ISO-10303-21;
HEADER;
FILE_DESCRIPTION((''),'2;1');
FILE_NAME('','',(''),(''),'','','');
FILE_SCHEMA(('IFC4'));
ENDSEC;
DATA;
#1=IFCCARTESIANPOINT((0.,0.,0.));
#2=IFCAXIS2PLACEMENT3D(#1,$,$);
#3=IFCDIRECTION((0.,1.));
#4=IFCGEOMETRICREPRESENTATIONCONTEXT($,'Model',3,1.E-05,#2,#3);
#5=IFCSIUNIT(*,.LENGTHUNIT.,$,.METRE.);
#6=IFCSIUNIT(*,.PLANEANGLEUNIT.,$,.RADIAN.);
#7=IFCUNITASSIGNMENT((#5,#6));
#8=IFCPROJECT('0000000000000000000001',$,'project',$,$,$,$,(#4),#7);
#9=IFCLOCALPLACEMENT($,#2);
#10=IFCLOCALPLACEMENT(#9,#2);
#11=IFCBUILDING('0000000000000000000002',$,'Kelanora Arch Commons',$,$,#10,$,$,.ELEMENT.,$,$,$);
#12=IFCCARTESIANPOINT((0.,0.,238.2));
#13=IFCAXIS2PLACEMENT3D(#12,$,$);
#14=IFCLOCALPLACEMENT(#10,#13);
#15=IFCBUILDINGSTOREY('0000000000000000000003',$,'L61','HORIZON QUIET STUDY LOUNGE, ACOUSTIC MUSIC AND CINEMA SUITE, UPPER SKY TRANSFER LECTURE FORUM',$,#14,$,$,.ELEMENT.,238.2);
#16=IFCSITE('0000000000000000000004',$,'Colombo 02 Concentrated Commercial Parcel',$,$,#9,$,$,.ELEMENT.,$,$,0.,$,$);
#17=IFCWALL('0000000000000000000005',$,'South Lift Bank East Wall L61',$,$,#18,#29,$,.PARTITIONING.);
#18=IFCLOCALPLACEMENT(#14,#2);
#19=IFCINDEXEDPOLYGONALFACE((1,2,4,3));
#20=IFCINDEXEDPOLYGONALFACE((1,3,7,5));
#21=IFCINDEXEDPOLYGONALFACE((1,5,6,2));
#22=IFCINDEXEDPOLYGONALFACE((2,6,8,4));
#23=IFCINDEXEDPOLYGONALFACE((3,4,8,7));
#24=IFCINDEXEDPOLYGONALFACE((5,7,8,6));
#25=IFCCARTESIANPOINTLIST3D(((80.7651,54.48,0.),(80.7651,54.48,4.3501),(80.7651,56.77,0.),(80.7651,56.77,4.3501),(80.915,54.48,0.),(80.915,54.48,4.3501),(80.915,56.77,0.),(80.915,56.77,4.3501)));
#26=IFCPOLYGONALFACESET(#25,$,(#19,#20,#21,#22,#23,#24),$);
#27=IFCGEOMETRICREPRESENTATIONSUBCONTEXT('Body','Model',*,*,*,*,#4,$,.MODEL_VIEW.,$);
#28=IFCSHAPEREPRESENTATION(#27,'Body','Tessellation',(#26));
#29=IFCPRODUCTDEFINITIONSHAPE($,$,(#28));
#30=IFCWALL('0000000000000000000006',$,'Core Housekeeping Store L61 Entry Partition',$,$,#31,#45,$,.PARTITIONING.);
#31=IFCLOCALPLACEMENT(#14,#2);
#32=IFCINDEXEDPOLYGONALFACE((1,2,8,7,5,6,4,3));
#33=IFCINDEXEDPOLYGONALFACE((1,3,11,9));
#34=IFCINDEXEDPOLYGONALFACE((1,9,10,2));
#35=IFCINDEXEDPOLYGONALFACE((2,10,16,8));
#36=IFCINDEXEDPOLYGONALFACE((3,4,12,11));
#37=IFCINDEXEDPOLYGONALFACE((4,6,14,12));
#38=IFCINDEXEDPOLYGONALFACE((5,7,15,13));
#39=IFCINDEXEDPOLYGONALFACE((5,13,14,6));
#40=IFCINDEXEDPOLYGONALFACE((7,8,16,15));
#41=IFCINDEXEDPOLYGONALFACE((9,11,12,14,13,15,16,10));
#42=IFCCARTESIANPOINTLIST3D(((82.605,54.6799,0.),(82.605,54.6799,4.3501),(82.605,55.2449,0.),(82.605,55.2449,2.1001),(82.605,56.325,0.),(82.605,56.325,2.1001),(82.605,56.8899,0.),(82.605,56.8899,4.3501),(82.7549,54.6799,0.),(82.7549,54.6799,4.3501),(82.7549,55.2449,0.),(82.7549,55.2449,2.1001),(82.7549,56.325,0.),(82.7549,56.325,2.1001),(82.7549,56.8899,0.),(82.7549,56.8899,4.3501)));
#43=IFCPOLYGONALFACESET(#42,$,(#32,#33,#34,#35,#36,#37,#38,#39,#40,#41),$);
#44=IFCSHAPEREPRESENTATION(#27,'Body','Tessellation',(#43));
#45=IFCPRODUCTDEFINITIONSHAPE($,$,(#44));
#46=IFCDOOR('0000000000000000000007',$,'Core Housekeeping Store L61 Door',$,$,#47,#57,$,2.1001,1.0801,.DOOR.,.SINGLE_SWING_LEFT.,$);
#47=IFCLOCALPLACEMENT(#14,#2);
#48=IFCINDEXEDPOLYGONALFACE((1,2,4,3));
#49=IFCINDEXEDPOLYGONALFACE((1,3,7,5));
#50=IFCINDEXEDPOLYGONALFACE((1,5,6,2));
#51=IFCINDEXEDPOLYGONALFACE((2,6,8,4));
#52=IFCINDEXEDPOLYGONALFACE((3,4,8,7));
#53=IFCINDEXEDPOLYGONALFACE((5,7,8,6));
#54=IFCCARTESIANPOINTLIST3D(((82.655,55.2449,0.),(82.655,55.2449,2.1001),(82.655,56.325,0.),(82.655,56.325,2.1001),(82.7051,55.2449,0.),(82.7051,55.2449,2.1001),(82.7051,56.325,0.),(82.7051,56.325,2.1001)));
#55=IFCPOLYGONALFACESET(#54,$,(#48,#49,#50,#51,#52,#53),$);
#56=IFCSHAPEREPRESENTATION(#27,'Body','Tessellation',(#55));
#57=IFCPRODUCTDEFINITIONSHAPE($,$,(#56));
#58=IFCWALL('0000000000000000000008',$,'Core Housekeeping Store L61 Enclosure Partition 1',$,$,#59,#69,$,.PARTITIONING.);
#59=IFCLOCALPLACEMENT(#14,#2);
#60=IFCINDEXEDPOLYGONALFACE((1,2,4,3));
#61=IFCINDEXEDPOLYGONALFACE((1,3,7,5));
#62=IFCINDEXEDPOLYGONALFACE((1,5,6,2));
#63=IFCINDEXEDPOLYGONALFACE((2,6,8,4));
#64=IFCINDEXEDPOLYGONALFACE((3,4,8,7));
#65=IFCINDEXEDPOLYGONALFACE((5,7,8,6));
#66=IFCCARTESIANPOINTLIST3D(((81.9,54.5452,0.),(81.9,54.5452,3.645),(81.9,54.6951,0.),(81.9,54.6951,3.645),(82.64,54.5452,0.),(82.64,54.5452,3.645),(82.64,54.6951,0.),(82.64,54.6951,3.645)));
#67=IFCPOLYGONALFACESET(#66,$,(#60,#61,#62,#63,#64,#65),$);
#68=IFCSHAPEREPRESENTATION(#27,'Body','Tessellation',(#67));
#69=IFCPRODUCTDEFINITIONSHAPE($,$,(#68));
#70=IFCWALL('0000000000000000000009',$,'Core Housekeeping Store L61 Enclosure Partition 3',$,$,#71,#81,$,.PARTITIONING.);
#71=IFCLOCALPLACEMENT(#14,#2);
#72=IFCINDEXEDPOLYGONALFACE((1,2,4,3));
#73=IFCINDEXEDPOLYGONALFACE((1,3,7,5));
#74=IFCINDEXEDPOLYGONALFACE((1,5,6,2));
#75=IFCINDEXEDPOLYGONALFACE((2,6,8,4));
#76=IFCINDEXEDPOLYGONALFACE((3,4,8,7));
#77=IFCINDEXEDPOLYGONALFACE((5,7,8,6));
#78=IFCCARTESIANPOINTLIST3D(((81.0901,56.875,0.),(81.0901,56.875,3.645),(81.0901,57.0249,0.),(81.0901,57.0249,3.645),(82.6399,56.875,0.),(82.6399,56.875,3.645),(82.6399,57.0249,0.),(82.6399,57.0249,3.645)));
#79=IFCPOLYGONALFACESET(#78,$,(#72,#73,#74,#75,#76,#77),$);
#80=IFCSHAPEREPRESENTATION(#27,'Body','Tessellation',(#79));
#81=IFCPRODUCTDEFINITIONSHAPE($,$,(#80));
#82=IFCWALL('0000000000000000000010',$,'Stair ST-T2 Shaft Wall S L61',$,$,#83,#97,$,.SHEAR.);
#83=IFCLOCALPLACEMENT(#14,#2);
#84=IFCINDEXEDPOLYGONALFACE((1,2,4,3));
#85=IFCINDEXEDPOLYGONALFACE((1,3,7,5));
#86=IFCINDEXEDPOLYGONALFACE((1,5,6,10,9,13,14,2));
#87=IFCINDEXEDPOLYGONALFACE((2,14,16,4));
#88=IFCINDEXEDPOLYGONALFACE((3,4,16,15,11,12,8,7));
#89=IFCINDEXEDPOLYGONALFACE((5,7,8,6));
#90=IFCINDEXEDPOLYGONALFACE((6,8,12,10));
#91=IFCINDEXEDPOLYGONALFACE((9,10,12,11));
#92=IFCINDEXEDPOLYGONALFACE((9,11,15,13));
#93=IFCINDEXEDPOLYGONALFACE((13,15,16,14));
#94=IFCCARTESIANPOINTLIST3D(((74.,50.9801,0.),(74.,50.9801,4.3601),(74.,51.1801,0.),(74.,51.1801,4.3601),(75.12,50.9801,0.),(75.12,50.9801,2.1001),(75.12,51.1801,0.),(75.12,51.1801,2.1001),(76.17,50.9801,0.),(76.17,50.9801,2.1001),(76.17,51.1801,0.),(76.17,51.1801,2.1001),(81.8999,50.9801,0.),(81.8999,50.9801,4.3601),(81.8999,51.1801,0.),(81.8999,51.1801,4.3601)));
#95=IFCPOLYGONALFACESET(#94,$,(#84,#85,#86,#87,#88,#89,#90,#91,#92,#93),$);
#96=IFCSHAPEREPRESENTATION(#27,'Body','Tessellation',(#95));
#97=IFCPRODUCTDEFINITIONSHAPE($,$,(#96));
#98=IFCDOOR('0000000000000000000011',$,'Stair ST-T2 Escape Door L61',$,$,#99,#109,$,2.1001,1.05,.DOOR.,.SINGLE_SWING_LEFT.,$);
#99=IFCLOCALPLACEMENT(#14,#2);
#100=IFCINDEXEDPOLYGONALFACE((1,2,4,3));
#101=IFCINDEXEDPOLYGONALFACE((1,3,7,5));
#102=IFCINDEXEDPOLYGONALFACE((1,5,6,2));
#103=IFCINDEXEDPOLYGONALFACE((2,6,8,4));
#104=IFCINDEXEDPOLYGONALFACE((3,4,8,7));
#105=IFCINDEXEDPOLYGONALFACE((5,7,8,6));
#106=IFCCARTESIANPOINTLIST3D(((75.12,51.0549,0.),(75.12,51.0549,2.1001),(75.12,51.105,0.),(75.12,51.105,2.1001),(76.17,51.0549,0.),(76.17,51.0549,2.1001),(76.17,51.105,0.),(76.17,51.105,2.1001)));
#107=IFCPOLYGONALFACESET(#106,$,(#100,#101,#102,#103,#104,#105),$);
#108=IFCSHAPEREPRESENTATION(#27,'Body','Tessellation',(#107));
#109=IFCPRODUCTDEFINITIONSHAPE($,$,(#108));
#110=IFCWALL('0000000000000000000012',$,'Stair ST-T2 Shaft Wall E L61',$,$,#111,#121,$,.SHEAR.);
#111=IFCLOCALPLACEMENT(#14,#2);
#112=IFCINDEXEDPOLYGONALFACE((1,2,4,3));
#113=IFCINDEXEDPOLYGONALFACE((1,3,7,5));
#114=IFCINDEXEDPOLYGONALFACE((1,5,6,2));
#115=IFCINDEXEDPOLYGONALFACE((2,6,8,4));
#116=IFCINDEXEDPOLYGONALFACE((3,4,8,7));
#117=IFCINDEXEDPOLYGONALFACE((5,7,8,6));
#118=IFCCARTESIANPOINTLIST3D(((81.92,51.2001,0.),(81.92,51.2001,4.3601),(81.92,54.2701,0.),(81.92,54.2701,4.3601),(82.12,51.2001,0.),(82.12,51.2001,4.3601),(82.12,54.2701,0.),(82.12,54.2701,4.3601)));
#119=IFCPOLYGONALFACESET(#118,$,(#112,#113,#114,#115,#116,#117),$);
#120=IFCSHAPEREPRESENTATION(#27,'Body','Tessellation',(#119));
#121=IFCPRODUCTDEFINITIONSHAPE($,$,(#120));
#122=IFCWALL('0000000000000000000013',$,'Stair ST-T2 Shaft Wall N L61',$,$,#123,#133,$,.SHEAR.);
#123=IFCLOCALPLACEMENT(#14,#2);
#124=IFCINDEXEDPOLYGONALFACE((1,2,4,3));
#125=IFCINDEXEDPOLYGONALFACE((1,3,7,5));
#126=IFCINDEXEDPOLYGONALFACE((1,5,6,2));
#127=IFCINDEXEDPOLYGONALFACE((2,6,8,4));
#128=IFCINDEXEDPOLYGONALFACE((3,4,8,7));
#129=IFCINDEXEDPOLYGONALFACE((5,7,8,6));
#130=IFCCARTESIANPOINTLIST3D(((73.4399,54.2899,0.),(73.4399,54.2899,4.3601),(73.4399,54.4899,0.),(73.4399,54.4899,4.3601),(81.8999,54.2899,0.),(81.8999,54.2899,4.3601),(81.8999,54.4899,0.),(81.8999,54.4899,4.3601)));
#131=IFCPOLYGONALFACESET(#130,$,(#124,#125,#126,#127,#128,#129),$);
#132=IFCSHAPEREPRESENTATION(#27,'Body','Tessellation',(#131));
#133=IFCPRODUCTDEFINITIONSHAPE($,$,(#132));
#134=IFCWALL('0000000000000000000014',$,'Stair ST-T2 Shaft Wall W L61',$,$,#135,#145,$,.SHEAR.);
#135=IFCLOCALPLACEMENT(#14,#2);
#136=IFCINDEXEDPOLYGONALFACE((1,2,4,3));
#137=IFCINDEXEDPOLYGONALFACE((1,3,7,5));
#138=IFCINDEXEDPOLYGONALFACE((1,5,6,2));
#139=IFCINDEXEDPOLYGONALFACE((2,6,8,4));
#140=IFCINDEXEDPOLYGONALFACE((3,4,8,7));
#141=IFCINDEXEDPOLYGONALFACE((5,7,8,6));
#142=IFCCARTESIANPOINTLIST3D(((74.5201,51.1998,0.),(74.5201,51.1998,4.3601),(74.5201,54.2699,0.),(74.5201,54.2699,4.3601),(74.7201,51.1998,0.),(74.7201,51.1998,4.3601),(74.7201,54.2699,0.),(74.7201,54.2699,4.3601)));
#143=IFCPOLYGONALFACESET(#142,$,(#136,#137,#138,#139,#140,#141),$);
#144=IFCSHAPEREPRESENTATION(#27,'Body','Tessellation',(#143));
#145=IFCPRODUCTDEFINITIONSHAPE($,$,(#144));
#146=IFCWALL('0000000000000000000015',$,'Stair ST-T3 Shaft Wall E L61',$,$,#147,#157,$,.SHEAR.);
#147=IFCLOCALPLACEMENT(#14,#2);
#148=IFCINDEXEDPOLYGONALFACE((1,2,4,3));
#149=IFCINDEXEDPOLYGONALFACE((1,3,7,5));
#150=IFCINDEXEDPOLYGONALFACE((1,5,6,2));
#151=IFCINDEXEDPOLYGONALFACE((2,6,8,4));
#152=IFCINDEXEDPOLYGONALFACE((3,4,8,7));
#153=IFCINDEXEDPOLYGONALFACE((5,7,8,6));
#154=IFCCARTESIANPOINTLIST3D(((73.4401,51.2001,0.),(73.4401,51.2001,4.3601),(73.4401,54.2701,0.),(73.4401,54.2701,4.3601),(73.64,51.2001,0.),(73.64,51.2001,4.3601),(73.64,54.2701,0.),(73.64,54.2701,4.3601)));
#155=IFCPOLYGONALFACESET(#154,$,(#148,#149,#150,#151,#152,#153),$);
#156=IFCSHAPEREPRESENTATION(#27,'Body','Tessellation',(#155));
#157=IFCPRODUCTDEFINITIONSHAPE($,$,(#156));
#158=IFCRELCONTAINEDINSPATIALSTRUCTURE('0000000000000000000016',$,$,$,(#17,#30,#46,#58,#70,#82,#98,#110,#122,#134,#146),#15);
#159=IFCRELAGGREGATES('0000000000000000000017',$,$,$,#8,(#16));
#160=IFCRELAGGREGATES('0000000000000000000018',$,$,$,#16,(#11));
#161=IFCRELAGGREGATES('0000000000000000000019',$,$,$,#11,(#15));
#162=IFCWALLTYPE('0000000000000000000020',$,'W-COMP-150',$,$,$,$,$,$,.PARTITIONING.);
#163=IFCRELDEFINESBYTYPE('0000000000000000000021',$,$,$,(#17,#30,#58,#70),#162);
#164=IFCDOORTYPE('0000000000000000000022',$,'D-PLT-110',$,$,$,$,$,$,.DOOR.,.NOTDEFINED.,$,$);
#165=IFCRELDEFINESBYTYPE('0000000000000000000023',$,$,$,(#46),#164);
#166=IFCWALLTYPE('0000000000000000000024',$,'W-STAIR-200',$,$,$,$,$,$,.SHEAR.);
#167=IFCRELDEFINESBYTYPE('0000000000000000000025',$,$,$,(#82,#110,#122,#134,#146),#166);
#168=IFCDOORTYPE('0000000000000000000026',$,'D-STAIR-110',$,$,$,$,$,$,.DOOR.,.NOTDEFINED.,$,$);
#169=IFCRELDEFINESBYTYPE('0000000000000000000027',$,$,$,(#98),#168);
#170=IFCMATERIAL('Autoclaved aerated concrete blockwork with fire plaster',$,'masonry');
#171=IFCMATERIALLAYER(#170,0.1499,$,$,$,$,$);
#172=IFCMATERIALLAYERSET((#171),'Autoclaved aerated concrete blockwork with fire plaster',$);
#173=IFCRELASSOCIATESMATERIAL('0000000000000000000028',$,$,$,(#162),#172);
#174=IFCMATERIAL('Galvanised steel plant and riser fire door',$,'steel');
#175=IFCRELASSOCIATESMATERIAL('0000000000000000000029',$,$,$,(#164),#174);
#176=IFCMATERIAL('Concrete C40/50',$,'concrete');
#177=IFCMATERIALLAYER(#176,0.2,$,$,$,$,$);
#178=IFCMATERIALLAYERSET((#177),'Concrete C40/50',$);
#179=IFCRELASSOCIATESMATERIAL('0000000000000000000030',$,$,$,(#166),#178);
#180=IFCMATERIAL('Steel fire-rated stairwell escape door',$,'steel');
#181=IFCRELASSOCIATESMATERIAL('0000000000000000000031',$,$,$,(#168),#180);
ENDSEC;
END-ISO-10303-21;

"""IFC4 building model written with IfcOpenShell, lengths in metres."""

from ifc_helpers import new_model, si_unit, direction, frame, frame_2d, origin, place, context, subcontext, project, spatial, rectangle, extrude, material, layer, layer_set, type_object, element, fill, save


model = new_model("IFC4")

# Units and contexts
model_context = context("Model", 3, precision=1e-05, world=origin(), true_north=direction((0.0, 1.0)))
body_context = subcontext(model_context, "Body", "Model", "MODEL_VIEW")
ifc_project = project(units=[si_unit("LENGTHUNIT", "METRE"), si_unit("PLANEANGLEUNIT", "RADIAN")], contexts=[model_context])

# Site, building, storey
site_placement = place(None, origin())
site = spatial("IfcSite", under=ifc_project, at=site_placement, Name="Colombo 02 Concentrated Commercial Parcel", CompositionType="ELEMENT", RefElevation=0.0)
building_placement = place(site_placement, origin())
building = spatial("IfcBuilding", under=site, at=building_placement, Name="Kelanora Arch Commons", CompositionType="ELEMENT")
storey_placement = place(building_placement, frame((0.0, 0.0, 238.2)))
storey = spatial("IfcBuildingStorey", under=building, at=storey_placement, Name="L61", Description="HORIZON QUIET STUDY LOUNGE, ACOUSTIC MUSIC AND CINEMA SUITE, UPPER SKY TRANSFER LECTURE FORUM", CompositionType="ELEMENT", Elevation=238.2)

# Wall
ifc_material_1 = material(Name="Autoclaved aerated concrete blockwork with fire plaster", Category="masonry")
ifc_layer_1 = layer(ifc_material_1, 0.1499)
ifc_layer_set_1 = layer_set([ifc_layer_1], Name="Autoclaved aerated concrete blockwork with fire plaster")
wall_type_1 = type_object("IfcWallType", Name="W-COMP-150", PredefinedType="PARTITIONING", material=ifc_layer_set_1)
wall_1_placement = place(storey_placement, frame((80.8401, 54.48, 0.0), z_axis=(0.0, 0.0, 1.0), x_axis=(0.0, 1.0, 0.0)))
element("IfcWall", 1, at=wall_1_placement, inside=storey, type_object=wall_type_1, Name="South Lift Bank East Wall L61", PredefinedType="PARTITIONING", context=body_context, shape_type="SweptSolid", body=[
    extrude(rectangle(XDim=2.29, YDim=0.1499, at=frame_2d((1.145, 0.0))), origin(), (0.0, 0.0, 1.0), 4.3501),
])

# Wall, opening, door
wall_2_placement = place(storey_placement, frame((82.6799, 54.6799, 0.0), z_axis=(0.0, 0.0, 1.0), x_axis=(0.0, 1.0, 0.0)))
wall_2 = element("IfcWall", 2, at=wall_2_placement, inside=storey, type_object=wall_type_1, Name="Core Housekeeping Store L61 Entry Partition", PredefinedType="PARTITIONING", context=body_context, shape_type="SweptSolid", body=[
    extrude(rectangle(XDim=2.21, YDim=0.1499, at=frame_2d((1.105, 0.0))), origin(), (0.0, 0.0, 1.0), 4.3501),
])
opening_1_placement = place(wall_2_placement, frame((0.5649, 0.0, 0.0)))
opening_1 = element("IfcOpeningElement", 3, at=opening_1_placement, cuts=wall_2, PredefinedType="OPENING", context=body_context, shape_type="SweptSolid", body=[
    extrude(rectangle(XDim=1.0801, YDim=2.1001, at=frame_2d((0.54, 1.05))), frame((0.0, 0.085, 0.0), z_axis=(0.0, -1.0, 0.0), x_axis=(1.0, 0.0, 0.0)), (0.0, 0.0, 1.0), 0.1699),
])
ifc_material_2 = material(Name="Galvanised steel plant and riser fire door", Category="steel")
door_type_1 = type_object("IfcDoorType", Name="D-PLT-110", OperationType="NOTDEFINED", PredefinedType="DOOR", material=ifc_material_2)
door_1_placement = place(opening_1_placement, origin())
door_1 = element("IfcDoor", 4, at=door_1_placement, inside=storey, type_object=door_type_1, Name="Core Housekeeping Store L61 Door", OperationType="SINGLE_SWING_LEFT", OverallHeight=2.1001, OverallWidth=1.0801, PredefinedType="DOOR", context=body_context, shape_type="SweptSolid", body=[
    extrude(rectangle(XDim=1.0801, YDim=2.1001, at=frame_2d((0.54, 1.05))), frame((0.0, 0.0249, 0.0), z_axis=(0.0, -1.0, 0.0), x_axis=(1.0, 0.0, 0.0)), (0.0, 0.0, 1.0), 0.05),
])
fill(opening_1, door_1)

# Walls
wall_3_placement = place(storey_placement, frame((81.8999, 54.6201, 0.0), z_axis=(0.0, 0.0, 1.0), x_axis=(1.0, 0.0, 0.0)))
element("IfcWall", 5, at=wall_3_placement, inside=storey, type_object=wall_type_1, Name="Core Housekeeping Store L61 Enclosure Partition 1", PredefinedType="PARTITIONING", context=body_context, shape_type="SweptSolid", body=[
    extrude(rectangle(XDim=0.74, YDim=0.1499, at=frame_2d((0.3701, 0.0))), origin(), (0.0, 0.0, 1.0), 3.645),
])
wall_4_placement = place(storey_placement, frame((82.6399, 56.95, 0.0), z_axis=(0.0, 0.0, 1.0), x_axis=(-1.0, 0.0, 0.0)))
element("IfcWall", 6, at=wall_4_placement, inside=storey, type_object=wall_type_1, Name="Core Housekeeping Store L61 Enclosure Partition 3", PredefinedType="PARTITIONING", context=body_context, shape_type="SweptSolid", body=[
    extrude(rectangle(XDim=1.5498, YDim=0.1499, at=frame_2d((0.7749, 0.0))), origin(), (0.0, 0.0, 1.0), 3.645),
])

# Wall, opening, door
ifc_material_3 = material(Name="Concrete C40/50", Category="concrete")
ifc_layer_2 = layer(ifc_material_3, 0.2)
ifc_layer_set_2 = layer_set([ifc_layer_2], Name="Concrete C40/50")
wall_type_2 = type_object("IfcWallType", Name="W-STAIR-200", PredefinedType="SHEAR", material=ifc_layer_set_2)
wall_5_placement = place(storey_placement, frame((74.0, 51.0801, 0.0), z_axis=(0.0, 0.0, 1.0), x_axis=(1.0, 0.0, 0.0)))
wall_5 = element("IfcWall", 7, at=wall_5_placement, inside=storey, type_object=wall_type_2, Name="Stair ST-T2 Shaft Wall S L61", PredefinedType="SHEAR", context=body_context, shape_type="SweptSolid", body=[
    extrude(rectangle(XDim=7.8999, YDim=0.2, at=frame_2d((3.95, 0.0))), origin(), (0.0, 0.0, 1.0), 4.3601),
])
opening_2_placement = place(wall_5_placement, frame((1.1201, 0.0, 0.0)))
opening_2 = element("IfcOpeningElement", 8, at=opening_2_placement, cuts=wall_5, PredefinedType="OPENING", context=body_context, shape_type="SweptSolid", body=[
    extrude(rectangle(XDim=1.05, YDim=2.1001, at=frame_2d((0.5249, 1.05))), frame((0.0, 0.1099, 0.0), z_axis=(0.0, -1.0, 0.0), x_axis=(1.0, 0.0, 0.0)), (0.0, 0.0, 1.0), 0.22),
])
ifc_material_4 = material(Name="Steel fire-rated stairwell escape door", Category="steel")
door_type_2 = type_object("IfcDoorType", Name="D-STAIR-110", OperationType="NOTDEFINED", PredefinedType="DOOR", material=ifc_material_4)
door_2_placement = place(opening_2_placement, origin())
door_2 = element("IfcDoor", 9, at=door_2_placement, inside=storey, type_object=door_type_2, Name="Stair ST-T2 Escape Door L61", OperationType="SINGLE_SWING_LEFT", OverallHeight=2.1001, OverallWidth=1.05, PredefinedType="DOOR", context=body_context, shape_type="SweptSolid", body=[
    extrude(rectangle(XDim=1.05, YDim=2.1001, at=frame_2d((0.5249, 1.05))), frame((0.0, 0.0249, 0.0), z_axis=(0.0, -1.0, 0.0), x_axis=(1.0, 0.0, 0.0)), (0.0, 0.0, 1.0), 0.05),
])
fill(opening_2, door_2)

# Walls
wall_6_placement = place(storey_placement, frame((82.02, 51.2, 0.0), z_axis=(0.0, 0.0, 1.0), x_axis=(0.0, 1.0, 0.0)))
element("IfcWall", 10, at=wall_6_placement, inside=storey, type_object=wall_type_2, Name="Stair ST-T2 Shaft Wall E L61", PredefinedType="SHEAR", context=body_context, shape_type="SweptSolid", body=[
    extrude(rectangle(XDim=3.0701, YDim=0.2, at=frame_2d((1.5352, 0.0))), origin(), (0.0, 0.0, 1.0), 4.3601),
])
wall_7_placement = place(storey_placement, frame((81.8999, 54.3899, 0.0), z_axis=(0.0, 0.0, 1.0), x_axis=(-1.0, 0.0, 0.0)))
element("IfcWall", 11, at=wall_7_placement, inside=storey, type_object=wall_type_2, Name="Stair ST-T2 Shaft Wall N L61", PredefinedType="SHEAR", context=body_context, shape_type="SweptSolid", body=[
    extrude(rectangle(XDim=8.46, YDim=0.2, at=frame_2d((4.23, 0.0))), origin(), (0.0, 0.0, 1.0), 4.3601),
])
for number, where, z_axis, x_axis, name in (
    (12, (74.6201, 54.27, 0.0), (0.0, 0.0, 1.0), (0.0, -1.0, 0.0), "Stair ST-T2 Shaft Wall W L61"),
    (13, (73.54, 51.2, 0.0), (0.0, 0.0, 1.0), (0.0, 1.0, 0.0), "Stair ST-T3 Shaft Wall E L61"),
):
    element("IfcWall", number, at=place(storey_placement, frame(where, z_axis=z_axis, x_axis=x_axis)), inside=storey, type_object=wall_type_2, Name=name, PredefinedType="SHEAR", context=body_context, shape_type="SweptSolid", body=[
        extrude(rectangle(XDim=3.0701, YDim=0.2, at=frame_2d((1.5352, 0.0))), origin(), (0.0, 0.0, 1.0), 4.3601),
    ])

save(model, "model.ifc")
